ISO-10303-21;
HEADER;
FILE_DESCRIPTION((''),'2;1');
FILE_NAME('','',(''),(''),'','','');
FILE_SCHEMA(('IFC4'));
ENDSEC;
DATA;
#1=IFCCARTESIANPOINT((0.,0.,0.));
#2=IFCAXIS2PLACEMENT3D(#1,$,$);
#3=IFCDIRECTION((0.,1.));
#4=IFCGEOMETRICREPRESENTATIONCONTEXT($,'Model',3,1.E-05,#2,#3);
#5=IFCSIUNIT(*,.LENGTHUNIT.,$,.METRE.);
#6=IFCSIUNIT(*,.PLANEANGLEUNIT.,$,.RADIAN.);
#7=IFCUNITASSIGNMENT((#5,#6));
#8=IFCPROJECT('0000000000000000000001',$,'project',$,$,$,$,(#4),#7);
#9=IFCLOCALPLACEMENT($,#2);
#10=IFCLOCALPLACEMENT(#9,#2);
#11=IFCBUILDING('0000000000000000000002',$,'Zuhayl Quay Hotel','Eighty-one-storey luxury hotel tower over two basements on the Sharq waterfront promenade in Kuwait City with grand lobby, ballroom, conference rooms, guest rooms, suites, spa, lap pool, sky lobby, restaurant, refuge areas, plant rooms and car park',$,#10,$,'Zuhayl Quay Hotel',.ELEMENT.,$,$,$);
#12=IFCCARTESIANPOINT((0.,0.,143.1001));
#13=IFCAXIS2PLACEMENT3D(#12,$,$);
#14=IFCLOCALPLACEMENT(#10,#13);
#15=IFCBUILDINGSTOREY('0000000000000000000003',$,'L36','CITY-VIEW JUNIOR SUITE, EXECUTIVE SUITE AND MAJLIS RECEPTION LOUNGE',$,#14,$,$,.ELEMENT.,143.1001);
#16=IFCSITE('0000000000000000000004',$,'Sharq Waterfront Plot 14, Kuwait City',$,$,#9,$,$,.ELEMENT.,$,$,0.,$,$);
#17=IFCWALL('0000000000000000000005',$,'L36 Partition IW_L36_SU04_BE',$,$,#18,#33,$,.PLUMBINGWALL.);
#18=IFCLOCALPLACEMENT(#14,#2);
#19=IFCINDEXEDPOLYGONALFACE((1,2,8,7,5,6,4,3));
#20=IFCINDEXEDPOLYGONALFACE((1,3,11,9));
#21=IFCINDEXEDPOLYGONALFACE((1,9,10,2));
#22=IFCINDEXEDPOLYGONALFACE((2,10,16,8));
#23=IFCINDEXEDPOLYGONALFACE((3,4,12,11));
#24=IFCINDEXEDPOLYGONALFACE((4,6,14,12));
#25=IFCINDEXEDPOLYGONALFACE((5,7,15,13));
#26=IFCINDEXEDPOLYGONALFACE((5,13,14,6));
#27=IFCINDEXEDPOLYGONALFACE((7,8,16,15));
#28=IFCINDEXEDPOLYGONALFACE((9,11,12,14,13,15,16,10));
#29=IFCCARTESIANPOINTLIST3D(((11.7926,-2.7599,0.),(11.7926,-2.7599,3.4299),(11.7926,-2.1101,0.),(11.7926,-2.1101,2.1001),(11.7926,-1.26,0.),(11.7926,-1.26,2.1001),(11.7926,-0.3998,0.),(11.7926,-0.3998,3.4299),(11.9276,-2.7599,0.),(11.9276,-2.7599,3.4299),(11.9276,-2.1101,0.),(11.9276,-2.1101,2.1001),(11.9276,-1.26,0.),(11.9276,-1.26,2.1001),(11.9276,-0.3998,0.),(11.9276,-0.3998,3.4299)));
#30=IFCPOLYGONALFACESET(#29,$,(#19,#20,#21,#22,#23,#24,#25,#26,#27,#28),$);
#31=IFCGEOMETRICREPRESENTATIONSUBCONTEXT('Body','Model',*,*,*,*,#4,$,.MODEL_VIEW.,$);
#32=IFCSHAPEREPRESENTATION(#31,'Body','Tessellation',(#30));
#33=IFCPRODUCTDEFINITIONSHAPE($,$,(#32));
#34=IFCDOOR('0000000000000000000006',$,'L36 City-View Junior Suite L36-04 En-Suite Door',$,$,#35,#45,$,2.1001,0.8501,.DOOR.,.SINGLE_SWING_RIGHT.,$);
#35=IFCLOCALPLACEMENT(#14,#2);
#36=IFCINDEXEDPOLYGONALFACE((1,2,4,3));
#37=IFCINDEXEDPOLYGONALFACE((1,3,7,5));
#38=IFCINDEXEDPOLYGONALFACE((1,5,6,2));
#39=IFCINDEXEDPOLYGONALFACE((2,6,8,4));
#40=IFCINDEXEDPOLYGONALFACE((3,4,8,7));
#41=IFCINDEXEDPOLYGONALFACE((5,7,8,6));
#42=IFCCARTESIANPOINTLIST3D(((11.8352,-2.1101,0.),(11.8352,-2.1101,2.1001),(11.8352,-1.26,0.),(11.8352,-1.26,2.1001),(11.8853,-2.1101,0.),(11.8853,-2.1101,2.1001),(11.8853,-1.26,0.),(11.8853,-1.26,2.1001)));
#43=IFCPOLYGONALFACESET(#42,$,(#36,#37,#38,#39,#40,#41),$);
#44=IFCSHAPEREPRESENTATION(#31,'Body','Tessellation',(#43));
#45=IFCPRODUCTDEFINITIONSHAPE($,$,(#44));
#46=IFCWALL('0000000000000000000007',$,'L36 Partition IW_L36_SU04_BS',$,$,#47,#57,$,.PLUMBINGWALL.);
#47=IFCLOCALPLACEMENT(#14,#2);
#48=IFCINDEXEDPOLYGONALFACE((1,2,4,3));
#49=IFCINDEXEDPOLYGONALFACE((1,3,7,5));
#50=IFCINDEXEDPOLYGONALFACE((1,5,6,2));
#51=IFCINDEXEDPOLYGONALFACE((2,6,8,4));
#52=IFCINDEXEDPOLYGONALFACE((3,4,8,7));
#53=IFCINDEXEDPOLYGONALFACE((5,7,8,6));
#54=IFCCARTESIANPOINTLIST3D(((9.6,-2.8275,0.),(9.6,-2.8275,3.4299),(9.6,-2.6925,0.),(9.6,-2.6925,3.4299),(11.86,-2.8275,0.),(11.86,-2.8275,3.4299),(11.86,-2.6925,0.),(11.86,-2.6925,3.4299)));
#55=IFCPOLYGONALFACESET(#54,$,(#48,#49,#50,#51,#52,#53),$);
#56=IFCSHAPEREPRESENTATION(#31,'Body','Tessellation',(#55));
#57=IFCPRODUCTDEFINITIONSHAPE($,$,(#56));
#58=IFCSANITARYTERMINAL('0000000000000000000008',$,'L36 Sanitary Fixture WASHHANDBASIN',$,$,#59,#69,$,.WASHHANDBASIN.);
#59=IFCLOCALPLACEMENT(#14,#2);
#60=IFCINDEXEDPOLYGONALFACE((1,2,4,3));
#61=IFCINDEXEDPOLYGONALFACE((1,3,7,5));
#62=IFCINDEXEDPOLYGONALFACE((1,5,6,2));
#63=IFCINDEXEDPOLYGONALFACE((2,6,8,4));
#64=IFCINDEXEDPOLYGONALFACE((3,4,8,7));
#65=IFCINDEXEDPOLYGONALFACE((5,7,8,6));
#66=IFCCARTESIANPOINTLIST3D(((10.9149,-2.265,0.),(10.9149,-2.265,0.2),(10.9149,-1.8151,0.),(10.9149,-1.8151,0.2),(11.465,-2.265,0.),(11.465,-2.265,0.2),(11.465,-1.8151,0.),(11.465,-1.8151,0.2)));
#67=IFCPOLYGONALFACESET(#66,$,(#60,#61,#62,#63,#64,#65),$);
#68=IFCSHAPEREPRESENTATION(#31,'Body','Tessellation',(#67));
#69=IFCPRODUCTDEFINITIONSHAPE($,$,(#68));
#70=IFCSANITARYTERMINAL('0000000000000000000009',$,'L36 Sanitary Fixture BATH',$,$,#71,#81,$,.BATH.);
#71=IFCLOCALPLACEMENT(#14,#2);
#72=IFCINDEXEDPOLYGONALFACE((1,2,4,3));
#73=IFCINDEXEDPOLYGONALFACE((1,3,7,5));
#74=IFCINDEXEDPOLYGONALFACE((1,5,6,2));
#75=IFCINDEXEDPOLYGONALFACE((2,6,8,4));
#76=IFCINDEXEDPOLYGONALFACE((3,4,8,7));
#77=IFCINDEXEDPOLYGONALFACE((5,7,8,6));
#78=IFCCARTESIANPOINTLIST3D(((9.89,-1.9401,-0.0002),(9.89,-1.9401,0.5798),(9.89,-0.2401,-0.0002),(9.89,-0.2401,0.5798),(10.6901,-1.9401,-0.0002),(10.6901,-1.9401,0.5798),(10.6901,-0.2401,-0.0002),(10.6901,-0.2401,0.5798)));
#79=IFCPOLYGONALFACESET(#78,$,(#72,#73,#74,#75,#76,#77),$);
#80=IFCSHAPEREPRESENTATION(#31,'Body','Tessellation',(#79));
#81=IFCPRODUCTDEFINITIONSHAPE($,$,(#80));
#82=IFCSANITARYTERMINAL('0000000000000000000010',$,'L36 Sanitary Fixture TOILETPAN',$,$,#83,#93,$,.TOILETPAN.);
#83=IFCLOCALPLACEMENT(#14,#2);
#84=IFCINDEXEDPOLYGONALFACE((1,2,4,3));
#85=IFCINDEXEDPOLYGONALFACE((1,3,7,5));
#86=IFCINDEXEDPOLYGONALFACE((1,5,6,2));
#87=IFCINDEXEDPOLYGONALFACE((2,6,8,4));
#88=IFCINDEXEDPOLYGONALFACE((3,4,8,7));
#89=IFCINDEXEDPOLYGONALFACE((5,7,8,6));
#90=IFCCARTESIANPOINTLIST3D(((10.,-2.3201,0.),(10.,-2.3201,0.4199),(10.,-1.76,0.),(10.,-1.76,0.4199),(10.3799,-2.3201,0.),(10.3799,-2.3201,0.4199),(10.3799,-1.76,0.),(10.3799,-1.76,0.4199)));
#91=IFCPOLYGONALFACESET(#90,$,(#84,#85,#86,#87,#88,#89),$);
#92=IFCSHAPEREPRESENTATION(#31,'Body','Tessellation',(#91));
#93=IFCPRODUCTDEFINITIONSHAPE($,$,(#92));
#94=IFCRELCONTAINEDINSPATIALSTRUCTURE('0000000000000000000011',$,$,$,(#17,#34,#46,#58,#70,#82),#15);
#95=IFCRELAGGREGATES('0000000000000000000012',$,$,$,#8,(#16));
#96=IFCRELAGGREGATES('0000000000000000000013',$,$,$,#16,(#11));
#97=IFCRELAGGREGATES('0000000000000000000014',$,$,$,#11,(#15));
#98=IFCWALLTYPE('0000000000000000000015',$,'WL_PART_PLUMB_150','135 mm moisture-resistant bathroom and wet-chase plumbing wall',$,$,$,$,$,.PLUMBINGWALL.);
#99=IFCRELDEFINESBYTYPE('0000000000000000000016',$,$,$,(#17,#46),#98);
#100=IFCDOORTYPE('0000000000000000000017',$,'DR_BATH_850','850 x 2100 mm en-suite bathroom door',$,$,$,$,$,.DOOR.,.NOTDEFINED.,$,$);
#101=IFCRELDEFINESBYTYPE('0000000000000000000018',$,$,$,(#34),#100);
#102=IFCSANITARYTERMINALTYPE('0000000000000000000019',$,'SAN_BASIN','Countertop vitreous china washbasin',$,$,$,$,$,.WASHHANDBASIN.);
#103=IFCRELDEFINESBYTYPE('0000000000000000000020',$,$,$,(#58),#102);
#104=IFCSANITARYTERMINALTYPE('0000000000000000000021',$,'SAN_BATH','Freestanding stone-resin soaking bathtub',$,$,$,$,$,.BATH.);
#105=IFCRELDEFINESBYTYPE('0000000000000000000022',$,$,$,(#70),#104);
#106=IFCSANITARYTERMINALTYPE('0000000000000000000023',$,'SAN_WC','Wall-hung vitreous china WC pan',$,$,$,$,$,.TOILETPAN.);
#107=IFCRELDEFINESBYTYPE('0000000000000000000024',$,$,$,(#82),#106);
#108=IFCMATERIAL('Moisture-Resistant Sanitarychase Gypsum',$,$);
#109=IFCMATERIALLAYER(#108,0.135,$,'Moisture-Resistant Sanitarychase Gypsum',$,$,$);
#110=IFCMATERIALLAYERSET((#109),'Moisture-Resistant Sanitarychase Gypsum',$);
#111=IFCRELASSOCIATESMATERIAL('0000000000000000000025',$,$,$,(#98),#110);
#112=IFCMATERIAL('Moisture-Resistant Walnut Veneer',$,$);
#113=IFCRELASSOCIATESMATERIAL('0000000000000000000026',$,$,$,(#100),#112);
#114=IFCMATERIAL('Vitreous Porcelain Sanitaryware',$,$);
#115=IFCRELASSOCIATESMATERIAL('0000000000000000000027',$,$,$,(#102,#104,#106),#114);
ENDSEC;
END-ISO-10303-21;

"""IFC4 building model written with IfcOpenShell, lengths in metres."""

from ifc_helpers import new_model, si_unit, direction, frame, frame_2d, origin, origin_2d, place, context, subcontext, project, spatial, rectangle, extrude, material, layer, layer_set, type_object, element, fill, save


model = new_model("IFC4")

# Units and contexts
model_context = context("Model", 3, precision=1e-05, world=origin(), true_north=direction((0.0, 1.0)))
body_context = subcontext(model_context, "Body", "Model", "MODEL_VIEW")
ifc_project = project(units=[si_unit("LENGTHUNIT", "METRE"), si_unit("PLANEANGLEUNIT", "RADIAN")], contexts=[model_context])

# Site, building, storey
site_placement = place(None, origin())
site = spatial("IfcSite", under=ifc_project, at=site_placement, Name="Sharq Waterfront Plot 14, Kuwait City", CompositionType="ELEMENT", RefElevation=0.0)
building_placement = place(site_placement, origin())
building = spatial("IfcBuilding", under=site, at=building_placement, Name="Zuhayl Quay Hotel", Description="Eighty-one-storey luxury hotel tower over two basements on the Sharq waterfront promenade in Kuwait City with grand lobby, ballroom, conference rooms, guest rooms, suites, spa, lap pool, sky lobby, restaurant, refuge areas, plant rooms and car park", LongName="Zuhayl Quay Hotel", CompositionType="ELEMENT")
storey_placement = place(building_placement, frame((0.0, 0.0, 143.1001)))
storey = spatial("IfcBuildingStorey", under=building, at=storey_placement, Name="L36", Description="CITY-VIEW JUNIOR SUITE, EXECUTIVE SUITE AND MAJLIS RECEPTION LOUNGE", CompositionType="ELEMENT", Elevation=143.1001)

# Wall, opening, door
ifc_material_1 = material(Name="Moisture-Resistant Sanitarychase Gypsum")
ifc_layer_1 = layer(ifc_material_1, 0.135, Name="Moisture-Resistant Sanitarychase Gypsum")
ifc_layer_set_1 = layer_set([ifc_layer_1], Name="Moisture-Resistant Sanitarychase Gypsum")
wall_type_1 = type_object("IfcWallType", Name="WL_PART_PLUMB_150", Description="135 mm moisture-resistant bathroom and wet-chase plumbing wall", PredefinedType="PLUMBINGWALL", material=ifc_layer_set_1)
wall_1_placement = place(storey_placement, frame((11.8601, -2.76, 0.0), z_axis=(0.0, 0.0, 1.0), x_axis=(0.0, 1.0, 0.0)))
wall_1 = element("IfcWall", 1, at=wall_1_placement, inside=storey, type_object=wall_type_1, Name="L36 Partition IW_L36_SU04_BE", PredefinedType="PLUMBINGWALL", context=body_context, shape_type="SweptSolid", body=[
    extrude(rectangle(XDim=2.3601, YDim=0.135, at=frame_2d((1.1802, 0.0))), origin(), (0.0, 0.0, 1.0), 3.4299),
])
opening_1_placement = place(wall_1_placement, frame((0.6499, 0.0, 0.0)))
opening_1 = element("IfcOpeningElement", 2, at=opening_1_placement, cuts=wall_1, PredefinedType="OPENING", context=body_context, shape_type="SweptSolid", body=[
    extrude(rectangle(XDim=0.8501, YDim=2.1001, at=frame_2d((0.425, 1.05))), frame((0.0, 0.0774, 0.0), z_axis=(0.0, -1.0, 0.0), x_axis=(1.0, 0.0, 0.0)), (0.0, 0.0, 1.0), 0.155),
])
ifc_material_2 = material(Name="Moisture-Resistant Walnut Veneer")
door_type_1 = type_object("IfcDoorType", Name="DR_BATH_850", Description="850 x 2100 mm en-suite bathroom door", OperationType="NOTDEFINED", PredefinedType="DOOR", material=ifc_material_2)
door_1_placement = place(opening_1_placement, origin())
door_1 = element("IfcDoor", 3, at=door_1_placement, inside=storey, type_object=door_type_1, Name="L36 City-View Junior Suite L36-04 En-Suite Door", OperationType="SINGLE_SWING_RIGHT", OverallHeight=2.1001, OverallWidth=0.8501, PredefinedType="DOOR", context=body_context, shape_type="SweptSolid", body=[
    extrude(rectangle(XDim=0.8501, YDim=2.1001, at=frame_2d((0.425, 1.05))), frame((0.0, 0.0249, 0.0), z_axis=(0.0, -1.0, 0.0), x_axis=(1.0, 0.0, 0.0)), (0.0, 0.0, 1.0), 0.05),
])
fill(opening_1, door_1)

# Wall
wall_2_placement = place(storey_placement, frame((9.6001, -2.76, 0.0), z_axis=(0.0, 0.0, 1.0), x_axis=(1.0, 0.0, 0.0)))
element("IfcWall", 4, at=wall_2_placement, inside=storey, type_object=wall_type_1, Name="L36 Partition IW_L36_SU04_BS", PredefinedType="PLUMBINGWALL", context=body_context, shape_type="SweptSolid", body=[
    extrude(rectangle(XDim=2.26, YDim=0.135, at=frame_2d((1.1299, 0.0))), origin(), (0.0, 0.0, 1.0), 3.4299),
])

# Sanitary terminals
ifc_material_3 = material(Name="Vitreous Porcelain Sanitaryware")
sanitary_terminal_type_1 = type_object("IfcSanitaryTerminalType", Name="SAN_BASIN", Description="Countertop vitreous china washbasin", PredefinedType="WASHHANDBASIN", material=ifc_material_3)
sanitary_terminal_1_placement = place(storey_placement, frame((11.1899, -2.04, 0.0), z_axis=(0.0, 0.0, 1.0), x_axis=(1.0, 0.0, 0.0)))
element("IfcSanitaryTerminal", 5, at=sanitary_terminal_1_placement, inside=storey, type_object=sanitary_terminal_type_1, Name="L36 Sanitary Fixture WASHHANDBASIN", PredefinedType="WASHHANDBASIN", context=body_context, shape_type="SweptSolid", body=[
    extrude(rectangle(XDim=0.55, YDim=0.45, at=origin_2d()), origin(), (0.0, 0.0, 1.0), 0.2),
])
sanitary_terminal_type_2 = type_object("IfcSanitaryTerminalType", Name="SAN_BATH", Description="Freestanding stone-resin soaking bathtub", PredefinedType="BATH", material=ifc_material_3)
sanitary_terminal_2_placement = place(storey_placement, frame((10.29, -1.0901, -0.0002), z_axis=(0.0, 0.0, 1.0), x_axis=(1.0, 0.0, 0.0)))
element("IfcSanitaryTerminal", 6, at=sanitary_terminal_2_placement, inside=storey, type_object=sanitary_terminal_type_2, Name="L36 Sanitary Fixture BATH", PredefinedType="BATH", context=body_context, shape_type="SweptSolid", body=[
    extrude(rectangle(XDim=0.8, YDim=1.7, at=origin_2d()), origin(), (0.0, 0.0, 1.0), 0.5801),
])
sanitary_terminal_type_3 = type_object("IfcSanitaryTerminalType", Name="SAN_WC", Description="Wall-hung vitreous china WC pan", PredefinedType="TOILETPAN", material=ifc_material_3)
sanitary_terminal_3_placement = place(storey_placement, frame((10.1899, -2.04, 0.0), z_axis=(0.0, 0.0, 1.0), x_axis=(1.0, 0.0, 0.0)))
element("IfcSanitaryTerminal", 7, at=sanitary_terminal_3_placement, inside=storey, type_object=sanitary_terminal_type_3, Name="L36 Sanitary Fixture TOILETPAN", PredefinedType="TOILETPAN", context=body_context, shape_type="SweptSolid", body=[
    extrude(rectangle(XDim=0.3799, YDim=0.5601, at=origin_2d()), origin(), (0.0, 0.0, 1.0), 0.4199),
])

save(model, "model.ifc")
